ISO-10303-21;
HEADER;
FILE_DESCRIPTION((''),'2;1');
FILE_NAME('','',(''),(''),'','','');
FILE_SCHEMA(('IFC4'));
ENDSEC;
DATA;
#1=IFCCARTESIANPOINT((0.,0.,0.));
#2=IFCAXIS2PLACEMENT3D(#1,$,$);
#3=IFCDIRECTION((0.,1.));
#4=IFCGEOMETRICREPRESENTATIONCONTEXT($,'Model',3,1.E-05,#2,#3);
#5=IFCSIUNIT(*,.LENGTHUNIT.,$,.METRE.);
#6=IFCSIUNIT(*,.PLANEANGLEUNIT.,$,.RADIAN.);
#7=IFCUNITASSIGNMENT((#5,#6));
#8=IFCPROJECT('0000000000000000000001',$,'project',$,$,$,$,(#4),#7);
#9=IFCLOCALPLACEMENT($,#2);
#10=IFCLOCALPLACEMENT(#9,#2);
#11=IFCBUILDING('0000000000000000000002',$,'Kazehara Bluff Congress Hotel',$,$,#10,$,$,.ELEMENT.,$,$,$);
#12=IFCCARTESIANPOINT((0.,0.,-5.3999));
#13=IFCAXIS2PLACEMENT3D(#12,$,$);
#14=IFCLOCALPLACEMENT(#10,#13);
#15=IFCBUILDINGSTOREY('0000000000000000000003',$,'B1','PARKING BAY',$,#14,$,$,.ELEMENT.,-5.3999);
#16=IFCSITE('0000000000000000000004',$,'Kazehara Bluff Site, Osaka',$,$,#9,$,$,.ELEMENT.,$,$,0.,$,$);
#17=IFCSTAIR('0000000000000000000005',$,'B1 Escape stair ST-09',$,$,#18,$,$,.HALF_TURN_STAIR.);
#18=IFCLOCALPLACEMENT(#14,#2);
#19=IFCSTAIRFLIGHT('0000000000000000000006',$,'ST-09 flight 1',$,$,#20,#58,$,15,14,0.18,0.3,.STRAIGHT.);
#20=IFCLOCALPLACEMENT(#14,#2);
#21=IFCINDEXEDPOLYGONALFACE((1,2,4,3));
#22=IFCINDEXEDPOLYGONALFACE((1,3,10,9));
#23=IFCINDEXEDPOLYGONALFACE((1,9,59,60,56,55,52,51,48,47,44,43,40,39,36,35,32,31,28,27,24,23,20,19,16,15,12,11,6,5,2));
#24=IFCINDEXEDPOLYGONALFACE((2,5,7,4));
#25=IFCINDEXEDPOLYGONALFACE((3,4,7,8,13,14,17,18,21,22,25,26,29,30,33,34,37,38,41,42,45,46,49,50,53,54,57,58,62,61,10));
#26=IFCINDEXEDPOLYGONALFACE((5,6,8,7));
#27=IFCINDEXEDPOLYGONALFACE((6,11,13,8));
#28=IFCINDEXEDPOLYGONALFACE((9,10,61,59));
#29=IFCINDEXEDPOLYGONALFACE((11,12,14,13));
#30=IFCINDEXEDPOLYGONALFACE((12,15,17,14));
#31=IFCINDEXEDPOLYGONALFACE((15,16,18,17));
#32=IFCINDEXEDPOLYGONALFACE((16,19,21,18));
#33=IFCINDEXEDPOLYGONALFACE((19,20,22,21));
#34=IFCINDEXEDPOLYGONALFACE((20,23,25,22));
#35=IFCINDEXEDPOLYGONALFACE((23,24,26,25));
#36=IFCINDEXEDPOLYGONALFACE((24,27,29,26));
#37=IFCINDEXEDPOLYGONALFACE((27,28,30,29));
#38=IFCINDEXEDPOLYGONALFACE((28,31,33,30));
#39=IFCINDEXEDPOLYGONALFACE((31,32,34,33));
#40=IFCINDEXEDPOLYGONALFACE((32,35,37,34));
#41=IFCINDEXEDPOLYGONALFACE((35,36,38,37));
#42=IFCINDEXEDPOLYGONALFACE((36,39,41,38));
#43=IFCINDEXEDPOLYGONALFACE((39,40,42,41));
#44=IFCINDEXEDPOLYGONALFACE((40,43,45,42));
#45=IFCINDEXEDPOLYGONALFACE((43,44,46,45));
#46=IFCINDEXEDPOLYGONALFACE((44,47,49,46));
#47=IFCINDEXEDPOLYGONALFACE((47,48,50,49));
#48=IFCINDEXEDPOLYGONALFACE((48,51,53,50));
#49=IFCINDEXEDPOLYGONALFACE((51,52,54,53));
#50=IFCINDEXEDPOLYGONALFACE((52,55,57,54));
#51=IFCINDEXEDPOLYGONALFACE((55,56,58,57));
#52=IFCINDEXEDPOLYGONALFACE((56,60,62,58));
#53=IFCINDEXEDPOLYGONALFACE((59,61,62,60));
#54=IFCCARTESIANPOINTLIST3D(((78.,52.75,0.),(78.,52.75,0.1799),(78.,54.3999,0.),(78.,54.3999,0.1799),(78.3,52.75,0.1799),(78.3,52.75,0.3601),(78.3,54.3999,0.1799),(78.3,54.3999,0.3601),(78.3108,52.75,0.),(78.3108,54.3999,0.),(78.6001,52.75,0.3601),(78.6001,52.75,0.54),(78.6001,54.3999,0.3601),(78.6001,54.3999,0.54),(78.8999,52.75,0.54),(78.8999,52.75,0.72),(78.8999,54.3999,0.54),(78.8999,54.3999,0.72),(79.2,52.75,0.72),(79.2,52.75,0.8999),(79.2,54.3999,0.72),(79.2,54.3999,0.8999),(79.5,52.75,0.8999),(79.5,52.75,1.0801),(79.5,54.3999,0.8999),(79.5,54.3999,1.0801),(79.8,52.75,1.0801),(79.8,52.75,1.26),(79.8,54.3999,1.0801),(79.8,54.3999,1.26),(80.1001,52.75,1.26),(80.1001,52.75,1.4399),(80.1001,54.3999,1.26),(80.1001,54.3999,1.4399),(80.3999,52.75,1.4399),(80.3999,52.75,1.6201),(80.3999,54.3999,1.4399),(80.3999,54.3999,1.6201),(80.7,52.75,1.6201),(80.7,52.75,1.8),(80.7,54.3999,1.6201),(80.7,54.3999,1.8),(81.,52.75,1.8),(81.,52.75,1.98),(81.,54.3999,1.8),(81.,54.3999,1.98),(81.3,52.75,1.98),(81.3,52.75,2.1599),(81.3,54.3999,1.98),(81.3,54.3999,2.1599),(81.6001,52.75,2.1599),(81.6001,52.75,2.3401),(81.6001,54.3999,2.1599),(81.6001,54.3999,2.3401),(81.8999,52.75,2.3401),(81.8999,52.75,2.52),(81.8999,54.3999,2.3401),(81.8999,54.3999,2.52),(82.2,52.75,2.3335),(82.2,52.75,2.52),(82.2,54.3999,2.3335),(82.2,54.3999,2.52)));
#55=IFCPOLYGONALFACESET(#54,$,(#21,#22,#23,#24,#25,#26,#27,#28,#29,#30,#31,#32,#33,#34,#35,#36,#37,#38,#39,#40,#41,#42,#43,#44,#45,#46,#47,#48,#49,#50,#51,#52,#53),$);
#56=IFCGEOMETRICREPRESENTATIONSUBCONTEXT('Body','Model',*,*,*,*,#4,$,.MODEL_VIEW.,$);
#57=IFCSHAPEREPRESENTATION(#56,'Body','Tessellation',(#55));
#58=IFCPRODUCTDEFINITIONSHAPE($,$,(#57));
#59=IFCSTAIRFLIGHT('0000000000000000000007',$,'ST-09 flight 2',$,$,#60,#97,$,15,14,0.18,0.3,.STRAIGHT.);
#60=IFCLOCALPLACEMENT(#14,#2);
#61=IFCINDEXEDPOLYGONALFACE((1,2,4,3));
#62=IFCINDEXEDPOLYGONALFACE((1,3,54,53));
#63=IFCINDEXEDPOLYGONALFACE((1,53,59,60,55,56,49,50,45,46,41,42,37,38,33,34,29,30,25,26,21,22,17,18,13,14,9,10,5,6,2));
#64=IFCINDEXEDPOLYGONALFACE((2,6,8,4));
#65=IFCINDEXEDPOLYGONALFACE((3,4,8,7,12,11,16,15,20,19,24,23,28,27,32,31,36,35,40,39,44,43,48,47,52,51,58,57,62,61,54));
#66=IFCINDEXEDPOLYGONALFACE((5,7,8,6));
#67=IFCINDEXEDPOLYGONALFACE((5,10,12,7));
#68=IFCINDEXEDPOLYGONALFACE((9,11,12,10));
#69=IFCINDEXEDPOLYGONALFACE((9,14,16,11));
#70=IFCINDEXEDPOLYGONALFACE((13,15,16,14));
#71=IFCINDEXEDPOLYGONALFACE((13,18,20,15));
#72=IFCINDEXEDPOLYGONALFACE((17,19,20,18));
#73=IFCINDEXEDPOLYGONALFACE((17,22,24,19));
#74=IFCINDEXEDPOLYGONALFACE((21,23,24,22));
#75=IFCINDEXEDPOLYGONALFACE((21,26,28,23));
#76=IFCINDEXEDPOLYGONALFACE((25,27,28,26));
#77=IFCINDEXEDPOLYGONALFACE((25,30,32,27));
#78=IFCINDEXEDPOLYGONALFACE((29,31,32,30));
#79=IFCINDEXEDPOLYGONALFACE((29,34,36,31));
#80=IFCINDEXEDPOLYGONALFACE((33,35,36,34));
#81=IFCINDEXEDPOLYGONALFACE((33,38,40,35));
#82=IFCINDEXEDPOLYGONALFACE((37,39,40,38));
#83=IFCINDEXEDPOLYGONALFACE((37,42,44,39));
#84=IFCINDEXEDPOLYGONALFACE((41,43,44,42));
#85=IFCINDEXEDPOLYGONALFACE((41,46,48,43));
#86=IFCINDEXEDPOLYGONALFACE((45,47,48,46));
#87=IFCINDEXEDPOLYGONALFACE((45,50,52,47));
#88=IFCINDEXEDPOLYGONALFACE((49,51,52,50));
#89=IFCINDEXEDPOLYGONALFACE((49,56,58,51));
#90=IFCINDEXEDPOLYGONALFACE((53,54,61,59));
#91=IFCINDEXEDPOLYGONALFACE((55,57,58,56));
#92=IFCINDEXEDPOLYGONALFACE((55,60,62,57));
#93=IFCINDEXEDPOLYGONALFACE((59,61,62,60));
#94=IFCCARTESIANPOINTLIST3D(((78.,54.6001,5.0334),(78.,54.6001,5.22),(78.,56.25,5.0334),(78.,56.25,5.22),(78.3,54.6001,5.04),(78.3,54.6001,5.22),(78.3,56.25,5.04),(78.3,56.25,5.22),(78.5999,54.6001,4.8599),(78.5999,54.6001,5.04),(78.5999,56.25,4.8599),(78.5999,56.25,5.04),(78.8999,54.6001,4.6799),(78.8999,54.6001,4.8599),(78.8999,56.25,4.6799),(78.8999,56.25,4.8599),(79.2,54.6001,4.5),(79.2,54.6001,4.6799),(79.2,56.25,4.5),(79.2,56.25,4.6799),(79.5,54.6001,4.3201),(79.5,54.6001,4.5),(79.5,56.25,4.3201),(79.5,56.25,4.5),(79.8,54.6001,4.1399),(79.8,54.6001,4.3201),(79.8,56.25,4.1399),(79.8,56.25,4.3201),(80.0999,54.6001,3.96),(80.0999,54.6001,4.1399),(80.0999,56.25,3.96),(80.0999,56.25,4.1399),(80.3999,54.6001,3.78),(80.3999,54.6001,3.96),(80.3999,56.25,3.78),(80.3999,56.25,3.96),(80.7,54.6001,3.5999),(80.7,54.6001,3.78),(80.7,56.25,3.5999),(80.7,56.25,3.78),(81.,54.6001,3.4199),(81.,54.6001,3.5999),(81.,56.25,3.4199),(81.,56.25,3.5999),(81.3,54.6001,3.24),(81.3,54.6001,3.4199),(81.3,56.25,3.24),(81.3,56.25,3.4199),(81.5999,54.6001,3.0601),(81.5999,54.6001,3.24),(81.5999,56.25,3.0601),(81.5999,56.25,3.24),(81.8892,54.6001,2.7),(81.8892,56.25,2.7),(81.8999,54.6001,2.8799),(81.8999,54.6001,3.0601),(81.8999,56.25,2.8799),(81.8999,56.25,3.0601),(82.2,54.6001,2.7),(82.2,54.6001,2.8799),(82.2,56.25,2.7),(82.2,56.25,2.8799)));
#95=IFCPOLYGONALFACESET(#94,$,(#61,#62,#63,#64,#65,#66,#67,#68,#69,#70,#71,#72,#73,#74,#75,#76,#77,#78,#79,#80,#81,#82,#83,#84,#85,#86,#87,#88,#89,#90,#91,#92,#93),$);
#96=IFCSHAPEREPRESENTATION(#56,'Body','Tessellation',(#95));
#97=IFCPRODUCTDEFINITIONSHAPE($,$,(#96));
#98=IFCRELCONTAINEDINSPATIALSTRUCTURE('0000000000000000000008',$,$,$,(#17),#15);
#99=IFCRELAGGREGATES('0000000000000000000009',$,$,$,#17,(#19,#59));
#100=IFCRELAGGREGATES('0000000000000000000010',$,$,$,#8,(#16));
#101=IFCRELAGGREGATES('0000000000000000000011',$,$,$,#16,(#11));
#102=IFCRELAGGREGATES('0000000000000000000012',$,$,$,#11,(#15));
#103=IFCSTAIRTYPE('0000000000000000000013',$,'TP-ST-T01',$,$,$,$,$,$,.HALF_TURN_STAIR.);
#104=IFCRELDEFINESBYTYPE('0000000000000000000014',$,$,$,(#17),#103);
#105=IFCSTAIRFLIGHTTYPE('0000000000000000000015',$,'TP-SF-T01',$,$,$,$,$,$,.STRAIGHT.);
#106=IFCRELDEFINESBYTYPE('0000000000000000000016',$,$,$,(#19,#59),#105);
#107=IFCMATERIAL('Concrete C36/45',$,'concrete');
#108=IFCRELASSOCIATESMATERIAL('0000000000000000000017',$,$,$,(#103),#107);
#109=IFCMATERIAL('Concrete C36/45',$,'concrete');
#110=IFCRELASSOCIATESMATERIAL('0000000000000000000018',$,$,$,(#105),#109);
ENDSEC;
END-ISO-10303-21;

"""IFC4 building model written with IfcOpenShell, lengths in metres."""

from ifc_helpers import new_model, si_unit, direction, frame, origin, place, context, subcontext, project, spatial, polyline, outline, extrude, material, type_object, element, aggregate, save


model = new_model("IFC4")

# Units and contexts
model_context = context("Model", 3, precision=1e-05, world=origin(), true_north=direction((0.0, 1.0)))
body_context = subcontext(model_context, "Body", "Model", "MODEL_VIEW")
ifc_project = project(units=[si_unit("LENGTHUNIT", "METRE"), si_unit("PLANEANGLEUNIT", "RADIAN")], contexts=[model_context])

# Site, building, storey
site_placement = place(None, origin())
site = spatial("IfcSite", under=ifc_project, at=site_placement, Name="Kazehara Bluff Site, Osaka", CompositionType="ELEMENT", RefElevation=0.0)
building_placement = place(site_placement, origin())
building = spatial("IfcBuilding", under=site, at=building_placement, Name="Kazehara Bluff Congress Hotel", CompositionType="ELEMENT")
storey_placement = place(building_placement, frame((0.0, 0.0, -5.3999)))
storey = spatial("IfcBuildingStorey", under=building, at=storey_placement, Name="B1", Description="PARKING BAY", CompositionType="ELEMENT", Elevation=-5.3999)

# Stair, stair flights
ifc_material_1 = material(Name="Concrete C36/45", Category="concrete")
stair_type = type_object("IfcStairType", Name="TP-ST-T01", PredefinedType="HALF_TURN_STAIR", material=ifc_material_1)
stair_placement = place(storey_placement, origin())
stair = element("IfcStair", 1, at=stair_placement, inside=storey, type_object=stair_type, Name="B1 Escape stair ST-09", PredefinedType="HALF_TURN_STAIR")
ifc_material_2 = material(Name="Concrete C36/45", Category="concrete")
stair_flight_type = type_object("IfcStairFlightType", Name="TP-SF-T01", PredefinedType="STRAIGHT", material=ifc_material_2)
stair_flight_1_placement = place(storey_placement, frame((78.0, 53.575, 0.0), z_axis=(0.0, 0.0, 1.0), x_axis=(1.0, 0.0, 0.0)))
stair_flight_1 = element("IfcStairFlight", 2, at=stair_flight_1_placement, type_object=stair_flight_type, Name="ST-09 flight 1", NumberOfRisers=15, NumberOfTreads=14, PredefinedType="STRAIGHT", RiserHeight=0.18, TreadLength=0.3, context=body_context, shape_type="SweptSolid", body=[
    extrude(outline(polyline([(0.0, 0.0), (0.0, 0.1799), (0.3, 0.1799), (0.3, 0.3601), (0.6001, 0.3601), (0.6001, 0.54), (0.8999, 0.54), (0.8999, 0.72), (1.2, 0.72), (1.2, 0.8999), (1.5, 0.8999), (1.5, 1.0801), (1.8, 1.0801), (1.8, 1.26), (2.1001, 1.26), (2.1001, 1.4399), (2.3999, 1.4399), (2.3999, 1.6201), (2.7, 1.6201), (2.7, 1.8), (3.0, 1.8), (3.0, 1.98), (3.3, 1.98), (3.3, 2.1599), (3.6001, 2.1599), (3.6001, 2.3401), (3.8999, 2.3401), (3.8999, 2.52), (4.2, 2.52), (4.2, 2.7), (4.2, 2.3335), (0.3108, 0.0), (0.0, 0.0)])), frame((0.0, 0.825, 0.0), z_axis=(0.0, -1.0, 0.0), x_axis=(1.0, 0.0, 0.0)), (0.0, 0.0, 1.0), 1.6499),
])
stair_flight_2_placement = place(storey_placement, frame((82.2, 55.425, 2.7), z_axis=(0.0, 0.0, 1.0), x_axis=(-1.0, 0.0, 0.0)))
stair_flight_2 = element("IfcStairFlight", 3, at=stair_flight_2_placement, type_object=stair_flight_type, Name="ST-09 flight 2", NumberOfRisers=15, NumberOfTreads=14, PredefinedType="STRAIGHT", RiserHeight=0.18, TreadLength=0.3, context=body_context, shape_type="SweptSolid", body=[
    extrude(outline(polyline([(0.0, 0.0), (0.0, 0.1799), (0.3, 0.1799), (0.3, 0.3601), (0.6001, 0.3601), (0.6001, 0.54), (0.8999, 0.54), (0.8999, 0.72), (1.2, 0.72), (1.2, 0.8999), (1.5, 0.8999), (1.5, 1.0801), (1.8, 1.0801), (1.8, 1.26), (2.1001, 1.26), (2.1001, 1.4399), (2.3999, 1.4399), (2.3999, 1.6201), (2.7, 1.6201), (2.7, 1.8), (3.0, 1.8), (3.0, 1.98), (3.3, 1.98), (3.3, 2.1599), (3.6001, 2.1599), (3.6001, 2.3401), (3.8999, 2.3401), (3.8999, 2.52), (4.2, 2.52), (4.2, 2.7), (4.2, 2.3335), (0.3108, 0.0), (0.0, 0.0)])), frame((0.0, 0.825, 0.0), z_axis=(0.0, -1.0, 0.0), x_axis=(1.0, 0.0, 0.0)), (0.0, 0.0, 1.0), 1.6499),
])
aggregate(stair, [stair_flight_1, stair_flight_2])

save(model, "model.ifc")
